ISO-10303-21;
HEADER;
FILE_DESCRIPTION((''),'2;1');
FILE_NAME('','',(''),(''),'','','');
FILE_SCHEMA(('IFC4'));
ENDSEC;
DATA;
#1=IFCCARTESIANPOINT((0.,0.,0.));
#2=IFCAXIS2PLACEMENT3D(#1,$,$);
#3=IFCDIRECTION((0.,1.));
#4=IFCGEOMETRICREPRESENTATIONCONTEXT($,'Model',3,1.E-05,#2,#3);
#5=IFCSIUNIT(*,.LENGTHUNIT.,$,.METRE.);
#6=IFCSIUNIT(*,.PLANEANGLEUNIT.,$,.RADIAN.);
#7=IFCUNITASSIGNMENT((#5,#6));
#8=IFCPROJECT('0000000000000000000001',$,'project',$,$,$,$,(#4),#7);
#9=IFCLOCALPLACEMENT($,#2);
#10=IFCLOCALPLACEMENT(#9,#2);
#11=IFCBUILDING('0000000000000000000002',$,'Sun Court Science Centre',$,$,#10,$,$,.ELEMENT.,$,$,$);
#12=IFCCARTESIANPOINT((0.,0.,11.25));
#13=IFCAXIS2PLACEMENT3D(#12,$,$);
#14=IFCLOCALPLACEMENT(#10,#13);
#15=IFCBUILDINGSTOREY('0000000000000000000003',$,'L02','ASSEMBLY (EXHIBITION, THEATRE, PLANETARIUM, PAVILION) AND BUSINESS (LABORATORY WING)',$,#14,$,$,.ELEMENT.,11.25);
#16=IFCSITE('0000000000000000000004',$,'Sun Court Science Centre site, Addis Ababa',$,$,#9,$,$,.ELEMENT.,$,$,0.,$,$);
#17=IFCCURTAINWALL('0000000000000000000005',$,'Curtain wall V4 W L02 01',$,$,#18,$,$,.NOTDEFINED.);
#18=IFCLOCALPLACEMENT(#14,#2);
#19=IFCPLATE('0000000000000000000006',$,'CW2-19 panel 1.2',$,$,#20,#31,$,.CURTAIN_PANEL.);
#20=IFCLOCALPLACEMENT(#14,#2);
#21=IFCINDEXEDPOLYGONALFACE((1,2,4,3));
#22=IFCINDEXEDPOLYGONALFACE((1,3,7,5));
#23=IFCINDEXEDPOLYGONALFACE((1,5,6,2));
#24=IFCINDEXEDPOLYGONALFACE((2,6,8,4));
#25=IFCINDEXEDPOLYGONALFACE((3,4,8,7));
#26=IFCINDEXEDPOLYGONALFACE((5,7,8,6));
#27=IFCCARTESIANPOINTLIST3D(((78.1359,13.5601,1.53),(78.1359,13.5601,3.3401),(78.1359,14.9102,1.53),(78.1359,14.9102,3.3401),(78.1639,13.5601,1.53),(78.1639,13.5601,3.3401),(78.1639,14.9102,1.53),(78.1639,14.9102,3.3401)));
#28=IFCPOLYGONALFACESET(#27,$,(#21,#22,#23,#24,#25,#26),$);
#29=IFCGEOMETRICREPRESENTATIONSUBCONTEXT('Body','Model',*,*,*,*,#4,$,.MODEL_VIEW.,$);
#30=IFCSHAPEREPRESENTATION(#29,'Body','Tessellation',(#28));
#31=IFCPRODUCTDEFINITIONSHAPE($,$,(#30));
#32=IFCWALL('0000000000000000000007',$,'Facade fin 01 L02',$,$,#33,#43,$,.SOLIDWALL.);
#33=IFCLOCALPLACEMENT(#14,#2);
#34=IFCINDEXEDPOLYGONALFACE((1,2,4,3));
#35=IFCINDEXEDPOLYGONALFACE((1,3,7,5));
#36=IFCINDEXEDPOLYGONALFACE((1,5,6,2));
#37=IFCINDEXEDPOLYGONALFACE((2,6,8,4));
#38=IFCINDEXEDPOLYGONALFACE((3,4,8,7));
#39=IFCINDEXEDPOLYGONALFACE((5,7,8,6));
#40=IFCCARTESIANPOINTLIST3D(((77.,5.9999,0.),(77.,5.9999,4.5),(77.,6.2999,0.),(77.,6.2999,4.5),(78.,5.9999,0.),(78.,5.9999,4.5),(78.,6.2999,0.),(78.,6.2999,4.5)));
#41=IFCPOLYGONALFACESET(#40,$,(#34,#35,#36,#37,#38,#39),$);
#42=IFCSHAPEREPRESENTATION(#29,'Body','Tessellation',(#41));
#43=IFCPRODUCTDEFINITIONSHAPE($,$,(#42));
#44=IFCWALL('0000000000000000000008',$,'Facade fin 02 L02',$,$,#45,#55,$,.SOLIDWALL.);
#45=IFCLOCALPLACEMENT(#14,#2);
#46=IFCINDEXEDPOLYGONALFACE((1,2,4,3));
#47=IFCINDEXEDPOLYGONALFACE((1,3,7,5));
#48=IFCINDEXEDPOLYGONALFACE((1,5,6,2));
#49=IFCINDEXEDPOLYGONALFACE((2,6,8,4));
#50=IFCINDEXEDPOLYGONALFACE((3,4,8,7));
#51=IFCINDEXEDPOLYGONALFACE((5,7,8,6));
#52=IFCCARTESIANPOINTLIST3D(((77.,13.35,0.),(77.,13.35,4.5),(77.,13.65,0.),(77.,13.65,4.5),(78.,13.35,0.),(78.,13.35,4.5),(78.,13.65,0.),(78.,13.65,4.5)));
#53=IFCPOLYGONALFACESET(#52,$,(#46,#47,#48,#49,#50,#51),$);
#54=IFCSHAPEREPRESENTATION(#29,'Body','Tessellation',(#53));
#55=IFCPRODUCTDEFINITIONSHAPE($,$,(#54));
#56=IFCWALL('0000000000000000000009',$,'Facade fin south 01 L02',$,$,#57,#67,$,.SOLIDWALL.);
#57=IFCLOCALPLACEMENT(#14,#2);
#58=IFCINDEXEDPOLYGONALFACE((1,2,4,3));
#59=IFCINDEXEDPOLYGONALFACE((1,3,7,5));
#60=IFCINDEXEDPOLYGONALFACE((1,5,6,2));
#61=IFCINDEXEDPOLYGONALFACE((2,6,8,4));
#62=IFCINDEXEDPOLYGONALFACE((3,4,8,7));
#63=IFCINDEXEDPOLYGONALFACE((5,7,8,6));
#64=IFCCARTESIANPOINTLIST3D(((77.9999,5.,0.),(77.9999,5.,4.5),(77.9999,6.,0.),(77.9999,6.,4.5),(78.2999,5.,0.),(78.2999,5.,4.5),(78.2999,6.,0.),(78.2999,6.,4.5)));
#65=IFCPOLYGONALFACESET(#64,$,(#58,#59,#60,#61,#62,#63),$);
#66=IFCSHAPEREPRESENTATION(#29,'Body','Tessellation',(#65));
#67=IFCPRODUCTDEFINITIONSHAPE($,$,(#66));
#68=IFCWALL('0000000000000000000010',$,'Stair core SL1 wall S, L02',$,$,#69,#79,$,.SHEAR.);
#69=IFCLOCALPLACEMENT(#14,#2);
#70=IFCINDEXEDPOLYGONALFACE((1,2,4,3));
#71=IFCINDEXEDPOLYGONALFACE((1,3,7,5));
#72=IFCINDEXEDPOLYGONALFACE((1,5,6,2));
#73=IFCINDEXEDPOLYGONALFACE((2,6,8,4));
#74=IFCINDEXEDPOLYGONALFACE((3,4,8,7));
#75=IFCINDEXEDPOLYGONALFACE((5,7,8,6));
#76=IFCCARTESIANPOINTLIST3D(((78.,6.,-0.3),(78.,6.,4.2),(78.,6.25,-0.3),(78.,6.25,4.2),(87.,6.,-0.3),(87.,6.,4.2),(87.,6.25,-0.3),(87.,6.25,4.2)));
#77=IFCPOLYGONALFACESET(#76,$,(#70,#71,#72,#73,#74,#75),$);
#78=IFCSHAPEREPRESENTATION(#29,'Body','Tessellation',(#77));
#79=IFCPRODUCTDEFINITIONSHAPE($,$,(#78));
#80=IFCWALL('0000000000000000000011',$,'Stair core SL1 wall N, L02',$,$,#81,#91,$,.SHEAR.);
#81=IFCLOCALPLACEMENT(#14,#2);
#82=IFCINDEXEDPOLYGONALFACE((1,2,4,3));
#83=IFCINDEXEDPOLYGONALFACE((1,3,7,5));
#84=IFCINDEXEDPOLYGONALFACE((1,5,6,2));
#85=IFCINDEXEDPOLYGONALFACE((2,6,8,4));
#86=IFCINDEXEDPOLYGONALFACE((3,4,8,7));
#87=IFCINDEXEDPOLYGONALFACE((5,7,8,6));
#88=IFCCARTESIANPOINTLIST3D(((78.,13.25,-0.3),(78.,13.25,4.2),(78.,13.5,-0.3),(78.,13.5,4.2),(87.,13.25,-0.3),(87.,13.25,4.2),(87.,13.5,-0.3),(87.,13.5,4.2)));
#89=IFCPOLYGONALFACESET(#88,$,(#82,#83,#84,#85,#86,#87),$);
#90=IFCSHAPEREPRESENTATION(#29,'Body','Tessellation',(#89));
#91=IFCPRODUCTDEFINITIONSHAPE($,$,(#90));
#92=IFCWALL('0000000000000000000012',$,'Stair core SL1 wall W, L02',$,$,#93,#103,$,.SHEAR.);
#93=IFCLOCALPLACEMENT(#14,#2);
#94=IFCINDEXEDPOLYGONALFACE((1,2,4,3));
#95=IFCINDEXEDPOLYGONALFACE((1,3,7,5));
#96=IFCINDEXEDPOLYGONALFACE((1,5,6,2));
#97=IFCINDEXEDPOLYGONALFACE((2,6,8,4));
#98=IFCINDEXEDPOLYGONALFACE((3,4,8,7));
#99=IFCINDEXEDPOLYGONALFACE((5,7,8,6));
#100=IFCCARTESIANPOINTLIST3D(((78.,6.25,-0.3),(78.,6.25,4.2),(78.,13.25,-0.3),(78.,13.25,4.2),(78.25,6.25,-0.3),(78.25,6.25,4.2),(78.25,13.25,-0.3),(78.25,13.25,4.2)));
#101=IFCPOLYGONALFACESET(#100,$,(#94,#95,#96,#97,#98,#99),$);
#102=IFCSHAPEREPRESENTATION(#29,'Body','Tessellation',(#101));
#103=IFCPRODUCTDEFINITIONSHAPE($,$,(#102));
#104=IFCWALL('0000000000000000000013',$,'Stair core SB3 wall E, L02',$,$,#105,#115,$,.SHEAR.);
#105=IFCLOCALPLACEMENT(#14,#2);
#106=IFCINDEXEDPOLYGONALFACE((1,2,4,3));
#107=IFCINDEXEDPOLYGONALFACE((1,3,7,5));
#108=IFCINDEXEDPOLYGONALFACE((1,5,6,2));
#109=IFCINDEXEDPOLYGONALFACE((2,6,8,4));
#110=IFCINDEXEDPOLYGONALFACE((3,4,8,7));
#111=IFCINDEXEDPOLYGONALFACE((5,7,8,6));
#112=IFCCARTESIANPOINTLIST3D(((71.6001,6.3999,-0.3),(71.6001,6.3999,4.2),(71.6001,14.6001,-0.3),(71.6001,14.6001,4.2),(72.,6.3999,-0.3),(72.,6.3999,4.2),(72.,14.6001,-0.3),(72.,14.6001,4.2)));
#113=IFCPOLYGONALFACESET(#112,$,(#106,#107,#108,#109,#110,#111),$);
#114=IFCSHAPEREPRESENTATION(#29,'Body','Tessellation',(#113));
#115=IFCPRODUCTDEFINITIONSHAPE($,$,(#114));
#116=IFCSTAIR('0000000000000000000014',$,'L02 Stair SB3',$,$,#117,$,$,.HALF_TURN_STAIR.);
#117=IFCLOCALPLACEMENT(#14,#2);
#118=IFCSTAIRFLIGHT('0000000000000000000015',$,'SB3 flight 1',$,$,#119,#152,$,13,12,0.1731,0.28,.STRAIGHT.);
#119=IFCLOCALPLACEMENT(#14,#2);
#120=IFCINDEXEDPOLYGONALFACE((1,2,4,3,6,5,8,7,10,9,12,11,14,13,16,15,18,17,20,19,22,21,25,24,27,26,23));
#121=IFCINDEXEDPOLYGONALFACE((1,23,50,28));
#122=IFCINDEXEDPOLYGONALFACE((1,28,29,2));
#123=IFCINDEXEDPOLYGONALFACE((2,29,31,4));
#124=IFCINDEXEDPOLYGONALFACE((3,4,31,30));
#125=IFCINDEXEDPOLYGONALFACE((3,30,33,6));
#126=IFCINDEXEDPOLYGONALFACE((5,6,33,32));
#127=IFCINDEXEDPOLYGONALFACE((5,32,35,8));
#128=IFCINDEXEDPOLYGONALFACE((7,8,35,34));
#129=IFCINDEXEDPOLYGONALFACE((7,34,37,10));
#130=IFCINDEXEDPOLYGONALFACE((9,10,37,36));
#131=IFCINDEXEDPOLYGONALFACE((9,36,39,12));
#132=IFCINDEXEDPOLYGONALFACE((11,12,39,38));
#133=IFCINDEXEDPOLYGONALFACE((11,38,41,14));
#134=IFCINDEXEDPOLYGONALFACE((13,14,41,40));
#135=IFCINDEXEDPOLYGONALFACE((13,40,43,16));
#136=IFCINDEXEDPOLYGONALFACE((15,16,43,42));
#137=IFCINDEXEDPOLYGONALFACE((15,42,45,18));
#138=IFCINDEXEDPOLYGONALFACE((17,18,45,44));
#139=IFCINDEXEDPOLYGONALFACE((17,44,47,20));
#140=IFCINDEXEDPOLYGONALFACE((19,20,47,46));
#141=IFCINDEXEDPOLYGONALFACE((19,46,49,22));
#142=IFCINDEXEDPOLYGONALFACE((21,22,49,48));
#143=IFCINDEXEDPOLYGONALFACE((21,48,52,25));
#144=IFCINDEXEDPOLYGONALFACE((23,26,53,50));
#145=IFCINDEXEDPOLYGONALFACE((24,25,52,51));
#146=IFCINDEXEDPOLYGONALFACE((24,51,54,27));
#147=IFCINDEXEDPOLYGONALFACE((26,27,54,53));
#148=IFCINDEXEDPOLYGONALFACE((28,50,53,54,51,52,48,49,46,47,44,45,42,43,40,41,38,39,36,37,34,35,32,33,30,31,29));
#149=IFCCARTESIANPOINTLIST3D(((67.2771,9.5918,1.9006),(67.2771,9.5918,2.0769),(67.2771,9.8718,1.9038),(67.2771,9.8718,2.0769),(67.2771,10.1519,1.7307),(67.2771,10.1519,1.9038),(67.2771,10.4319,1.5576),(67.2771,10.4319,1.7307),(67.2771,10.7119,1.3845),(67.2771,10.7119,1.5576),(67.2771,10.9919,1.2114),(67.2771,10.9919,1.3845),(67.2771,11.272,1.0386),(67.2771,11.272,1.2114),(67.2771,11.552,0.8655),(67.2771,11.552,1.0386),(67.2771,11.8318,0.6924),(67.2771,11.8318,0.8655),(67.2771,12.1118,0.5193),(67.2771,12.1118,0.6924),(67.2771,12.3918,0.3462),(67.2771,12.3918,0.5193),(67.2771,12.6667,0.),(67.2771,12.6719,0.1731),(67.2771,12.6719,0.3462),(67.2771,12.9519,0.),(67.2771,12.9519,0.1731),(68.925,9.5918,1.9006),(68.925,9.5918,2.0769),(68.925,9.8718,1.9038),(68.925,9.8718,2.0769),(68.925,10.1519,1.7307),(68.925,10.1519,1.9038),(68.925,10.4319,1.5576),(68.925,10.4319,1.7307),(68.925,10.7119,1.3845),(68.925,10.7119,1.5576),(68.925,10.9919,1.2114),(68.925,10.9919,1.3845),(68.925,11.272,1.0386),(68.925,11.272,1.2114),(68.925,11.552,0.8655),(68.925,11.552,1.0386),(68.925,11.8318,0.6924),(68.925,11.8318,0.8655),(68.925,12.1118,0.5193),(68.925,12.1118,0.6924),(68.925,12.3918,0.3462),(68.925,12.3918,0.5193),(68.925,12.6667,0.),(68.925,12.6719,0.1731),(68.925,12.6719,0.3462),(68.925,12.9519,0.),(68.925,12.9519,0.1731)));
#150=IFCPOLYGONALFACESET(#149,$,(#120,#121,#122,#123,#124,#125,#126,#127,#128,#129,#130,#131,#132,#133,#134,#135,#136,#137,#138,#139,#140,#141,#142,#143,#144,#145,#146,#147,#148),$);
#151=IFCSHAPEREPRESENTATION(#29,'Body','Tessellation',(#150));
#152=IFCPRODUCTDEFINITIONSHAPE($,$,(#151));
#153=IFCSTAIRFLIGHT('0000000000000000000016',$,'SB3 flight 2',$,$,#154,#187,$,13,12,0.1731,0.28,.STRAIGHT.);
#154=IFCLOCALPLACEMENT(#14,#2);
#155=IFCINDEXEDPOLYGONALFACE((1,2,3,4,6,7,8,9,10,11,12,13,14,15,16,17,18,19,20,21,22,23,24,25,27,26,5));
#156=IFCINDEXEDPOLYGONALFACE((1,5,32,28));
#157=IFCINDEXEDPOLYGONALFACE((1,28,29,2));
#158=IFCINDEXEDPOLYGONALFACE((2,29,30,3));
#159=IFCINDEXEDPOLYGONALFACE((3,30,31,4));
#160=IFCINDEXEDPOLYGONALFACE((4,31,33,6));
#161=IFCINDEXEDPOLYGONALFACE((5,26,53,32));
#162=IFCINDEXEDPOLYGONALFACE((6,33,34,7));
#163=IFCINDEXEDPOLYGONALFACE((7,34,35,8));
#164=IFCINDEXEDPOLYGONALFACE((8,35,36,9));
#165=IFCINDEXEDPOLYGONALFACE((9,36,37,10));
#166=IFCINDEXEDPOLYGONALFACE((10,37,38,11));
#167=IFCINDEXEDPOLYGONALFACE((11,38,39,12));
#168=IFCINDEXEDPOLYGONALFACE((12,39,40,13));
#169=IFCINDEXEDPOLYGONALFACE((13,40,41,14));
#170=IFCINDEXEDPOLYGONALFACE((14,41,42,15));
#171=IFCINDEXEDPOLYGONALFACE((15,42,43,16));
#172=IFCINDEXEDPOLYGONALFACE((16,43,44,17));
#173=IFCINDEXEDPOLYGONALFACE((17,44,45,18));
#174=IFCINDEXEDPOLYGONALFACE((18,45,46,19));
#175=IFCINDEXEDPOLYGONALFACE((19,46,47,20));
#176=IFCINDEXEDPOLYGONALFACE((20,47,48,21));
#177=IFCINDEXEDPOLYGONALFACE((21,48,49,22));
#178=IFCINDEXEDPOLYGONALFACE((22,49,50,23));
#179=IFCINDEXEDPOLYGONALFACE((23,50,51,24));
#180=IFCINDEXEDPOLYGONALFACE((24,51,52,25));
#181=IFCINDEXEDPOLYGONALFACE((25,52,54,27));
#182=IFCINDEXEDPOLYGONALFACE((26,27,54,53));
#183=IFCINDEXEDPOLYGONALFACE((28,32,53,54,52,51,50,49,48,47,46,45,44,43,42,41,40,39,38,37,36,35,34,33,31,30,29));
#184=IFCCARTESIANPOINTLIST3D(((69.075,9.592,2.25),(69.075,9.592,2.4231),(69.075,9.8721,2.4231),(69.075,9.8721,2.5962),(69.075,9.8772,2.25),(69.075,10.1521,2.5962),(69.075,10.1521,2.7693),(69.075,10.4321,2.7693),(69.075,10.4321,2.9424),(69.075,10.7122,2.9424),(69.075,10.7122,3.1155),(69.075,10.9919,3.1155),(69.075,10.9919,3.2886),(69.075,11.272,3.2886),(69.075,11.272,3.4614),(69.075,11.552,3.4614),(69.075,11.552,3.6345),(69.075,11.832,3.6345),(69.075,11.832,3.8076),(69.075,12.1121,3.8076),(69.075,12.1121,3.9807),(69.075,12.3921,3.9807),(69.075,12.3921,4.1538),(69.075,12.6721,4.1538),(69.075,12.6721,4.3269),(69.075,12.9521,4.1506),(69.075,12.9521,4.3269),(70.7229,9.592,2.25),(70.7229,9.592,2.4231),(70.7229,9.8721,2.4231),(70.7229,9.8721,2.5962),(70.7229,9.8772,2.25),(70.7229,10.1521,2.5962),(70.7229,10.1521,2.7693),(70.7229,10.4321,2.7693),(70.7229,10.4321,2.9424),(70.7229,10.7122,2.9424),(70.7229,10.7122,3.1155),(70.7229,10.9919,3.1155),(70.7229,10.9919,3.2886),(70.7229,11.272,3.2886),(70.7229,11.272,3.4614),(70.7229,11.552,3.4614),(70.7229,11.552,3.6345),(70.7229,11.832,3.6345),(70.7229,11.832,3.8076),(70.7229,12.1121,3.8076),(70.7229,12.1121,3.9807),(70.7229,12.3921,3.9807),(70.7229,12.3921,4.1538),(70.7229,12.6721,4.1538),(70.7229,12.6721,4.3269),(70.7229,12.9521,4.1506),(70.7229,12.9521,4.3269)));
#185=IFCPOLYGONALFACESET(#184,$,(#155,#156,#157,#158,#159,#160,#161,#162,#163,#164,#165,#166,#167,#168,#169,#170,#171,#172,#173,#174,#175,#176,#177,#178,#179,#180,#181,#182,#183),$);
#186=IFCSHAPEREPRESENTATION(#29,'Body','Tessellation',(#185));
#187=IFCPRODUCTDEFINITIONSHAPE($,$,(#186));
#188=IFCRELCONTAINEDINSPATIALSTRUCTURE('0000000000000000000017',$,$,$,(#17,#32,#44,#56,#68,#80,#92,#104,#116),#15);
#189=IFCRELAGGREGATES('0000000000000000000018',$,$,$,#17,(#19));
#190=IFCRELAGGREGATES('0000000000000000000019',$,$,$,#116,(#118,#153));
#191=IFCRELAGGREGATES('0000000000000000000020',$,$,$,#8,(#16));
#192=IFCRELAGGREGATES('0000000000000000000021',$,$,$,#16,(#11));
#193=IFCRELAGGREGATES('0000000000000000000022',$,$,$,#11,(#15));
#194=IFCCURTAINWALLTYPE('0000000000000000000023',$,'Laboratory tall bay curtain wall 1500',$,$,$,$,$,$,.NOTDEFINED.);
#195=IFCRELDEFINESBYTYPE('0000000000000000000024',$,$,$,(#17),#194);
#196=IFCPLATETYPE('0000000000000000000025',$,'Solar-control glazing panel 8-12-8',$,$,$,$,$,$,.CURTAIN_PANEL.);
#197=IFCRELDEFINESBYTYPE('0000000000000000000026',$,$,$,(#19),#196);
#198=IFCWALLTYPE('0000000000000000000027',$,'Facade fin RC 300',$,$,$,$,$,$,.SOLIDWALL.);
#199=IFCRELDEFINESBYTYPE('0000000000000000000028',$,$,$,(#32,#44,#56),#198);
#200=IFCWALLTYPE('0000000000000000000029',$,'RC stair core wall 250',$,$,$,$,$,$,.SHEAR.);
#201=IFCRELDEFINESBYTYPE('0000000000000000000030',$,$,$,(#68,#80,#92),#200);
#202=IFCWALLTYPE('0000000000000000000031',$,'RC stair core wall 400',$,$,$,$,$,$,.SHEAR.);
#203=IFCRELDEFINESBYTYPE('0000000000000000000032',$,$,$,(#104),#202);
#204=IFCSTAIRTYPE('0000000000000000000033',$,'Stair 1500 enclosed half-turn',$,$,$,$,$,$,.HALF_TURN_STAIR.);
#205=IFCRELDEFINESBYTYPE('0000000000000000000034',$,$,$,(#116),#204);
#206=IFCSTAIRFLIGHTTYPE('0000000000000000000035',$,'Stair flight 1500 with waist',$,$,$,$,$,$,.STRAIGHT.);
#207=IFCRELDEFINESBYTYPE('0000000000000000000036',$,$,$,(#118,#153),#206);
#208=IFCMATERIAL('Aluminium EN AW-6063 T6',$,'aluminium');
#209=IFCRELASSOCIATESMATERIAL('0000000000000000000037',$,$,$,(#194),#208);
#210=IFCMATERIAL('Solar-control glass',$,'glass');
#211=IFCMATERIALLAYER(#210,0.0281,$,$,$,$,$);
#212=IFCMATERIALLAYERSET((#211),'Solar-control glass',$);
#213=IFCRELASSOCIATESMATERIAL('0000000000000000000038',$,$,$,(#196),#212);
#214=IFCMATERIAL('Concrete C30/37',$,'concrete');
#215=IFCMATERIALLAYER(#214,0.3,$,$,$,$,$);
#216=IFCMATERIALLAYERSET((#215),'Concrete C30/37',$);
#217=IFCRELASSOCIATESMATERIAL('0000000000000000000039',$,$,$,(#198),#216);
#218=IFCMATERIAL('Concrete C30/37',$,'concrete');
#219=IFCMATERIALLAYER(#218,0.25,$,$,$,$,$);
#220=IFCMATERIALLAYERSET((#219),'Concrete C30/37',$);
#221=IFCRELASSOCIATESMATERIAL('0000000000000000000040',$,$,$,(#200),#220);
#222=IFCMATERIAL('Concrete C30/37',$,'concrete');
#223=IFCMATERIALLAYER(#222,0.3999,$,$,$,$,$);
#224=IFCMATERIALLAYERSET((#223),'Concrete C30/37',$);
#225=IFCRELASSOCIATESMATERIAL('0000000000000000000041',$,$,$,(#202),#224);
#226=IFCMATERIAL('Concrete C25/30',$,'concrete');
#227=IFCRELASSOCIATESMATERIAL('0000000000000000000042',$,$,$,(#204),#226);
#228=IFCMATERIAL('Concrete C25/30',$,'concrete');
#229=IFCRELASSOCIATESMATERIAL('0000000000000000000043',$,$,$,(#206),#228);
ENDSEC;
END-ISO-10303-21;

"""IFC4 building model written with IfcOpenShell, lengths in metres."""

from ifc_helpers import new_model, si_unit, direction, frame, frame_2d, origin, origin_2d, place, context, subcontext, project, spatial, polyline, rectangle, outline, extrude, material, layer, layer_set, type_object, element, aggregate, save


model = new_model("IFC4")

# Units and contexts
model_context = context("Model", 3, precision=1e-05, world=origin(), true_north=direction((0.0, 1.0)))
body_context = subcontext(model_context, "Body", "Model", "MODEL_VIEW")
ifc_project = project(units=[si_unit("LENGTHUNIT", "METRE"), si_unit("PLANEANGLEUNIT", "RADIAN")], contexts=[model_context])

# Site, building, storey
site_placement = place(None, origin())
site = spatial("IfcSite", under=ifc_project, at=site_placement, Name="Sun Court Science Centre site, Addis Ababa", CompositionType="ELEMENT", RefElevation=0.0)
building_placement = place(site_placement, origin())
building = spatial("IfcBuilding", under=site, at=building_placement, Name="Sun Court Science Centre", CompositionType="ELEMENT")
storey_placement = place(building_placement, frame((0.0, 0.0, 11.25)))
storey = spatial("IfcBuildingStorey", under=building, at=storey_placement, Name="L02", Description="ASSEMBLY (EXHIBITION, THEATRE, PLANETARIUM, PAVILION) AND BUSINESS (LABORATORY WING)", CompositionType="ELEMENT", Elevation=11.25)

# Curtain wall
ifc_material_1 = material(Name="Aluminium EN AW-6063 T6", Category="aluminium")
curtain_wall_type = type_object("IfcCurtainWallType", Name="Laboratory tall bay curtain wall 1500", PredefinedType="NOTDEFINED", material=ifc_material_1)
curtain_wall_placement = place(storey_placement, origin())
curtain_wall = element("IfcCurtainWall", 1, at=curtain_wall_placement, inside=storey, type_object=curtain_wall_type, Name="Curtain wall V4 W L02 01", PredefinedType="NOTDEFINED")

# Plate
ifc_material_2 = material(Name="Solar-control glass", Category="glass")
ifc_layer_1 = layer(ifc_material_2, 0.0281)
ifc_layer_set_1 = layer_set([ifc_layer_1], Name="Solar-control glass")
plate_type = type_object("IfcPlateType", Name="Solar-control glazing panel 8-12-8", PredefinedType="CURTAIN_PANEL", material=ifc_layer_set_1)
plate_1_placement = place(storey_placement, frame((78.1499, 14.2351, 1.53), z_axis=(0.0, 0.0, 1.0), x_axis=(0.0, 1.0, 0.0)))
plate_1 = element("IfcPlate", 2, at=plate_1_placement, type_object=plate_type, Name="CW2-19 panel 1.2", PredefinedType="CURTAIN_PANEL", context=body_context, shape_type="SweptSolid", body=[
    extrude(rectangle(XDim=1.3501, YDim=0.0281, at=origin_2d()), origin(), (0.0, 0.0, 1.0), 1.8101),
])
aggregate(curtain_wall, [plate_1])

# Walls
ifc_material_3 = material(Name="Concrete C30/37", Category="concrete")
ifc_layer_2 = layer(ifc_material_3, 0.3)
ifc_layer_set_2 = layer_set([ifc_layer_2], Name="Concrete C30/37")
wall_type_1 = type_object("IfcWallType", Name="Facade fin RC 300", PredefinedType="SOLIDWALL", material=ifc_layer_set_2)
for number, where, z_axis, x_axis, name in (
    (3, (77.0, 6.1499, 0.0), (0.0, 0.0, 1.0), (1.0, 0.0, 0.0), "Facade fin 01 L02"),
    (4, (77.0, 13.5, 0.0), (0.0, 0.0, 1.0), (1.0, 0.0, 0.0), "Facade fin 02 L02"),
    (5, (78.1499, 6.0, 0.0), (0.0, 0.0, 1.0), (0.0, -1.0, 0.0), "Facade fin south 01 L02"),
):
    element("IfcWall", number, at=place(storey_placement, frame(where, z_axis=z_axis, x_axis=x_axis)), inside=storey, type_object=wall_type_1, Name=name, PredefinedType="SOLIDWALL", context=body_context, shape_type="SweptSolid", body=[
        extrude(rectangle(XDim=1.0, YDim=0.3, at=frame_2d((0.5, 0.0))), origin(), (0.0, 0.0, 1.0), 4.5),
    ])
ifc_material_4 = material(Name="Concrete C30/37", Category="concrete")
ifc_layer_3 = layer(ifc_material_4, 0.25)
ifc_layer_set_3 = layer_set([ifc_layer_3], Name="Concrete C30/37")
wall_type_2 = type_object("IfcWallType", Name="RC stair core wall 250", PredefinedType="SHEAR", material=ifc_layer_set_3)
for number, where, z_axis, x_axis, name in (
    (6, (78.0, 6.125, -0.3), (0.0, 0.0, 1.0), (1.0, 0.0, 0.0), "Stair core SL1 wall S, L02"),
    (7, (78.0, 13.375, -0.3), (0.0, 0.0, 1.0), (1.0, 0.0, 0.0), "Stair core SL1 wall N, L02"),
):
    element("IfcWall", number, at=place(storey_placement, frame(where, z_axis=z_axis, x_axis=x_axis)), inside=storey, type_object=wall_type_2, Name=name, PredefinedType="SHEAR", context=body_context, shape_type="SweptSolid", body=[
        extrude(rectangle(XDim=9.0, YDim=0.25, at=frame_2d((4.5, 0.0))), origin(), (0.0, 0.0, 1.0), 4.5),
    ])
wall_1_placement = place(storey_placement, frame((78.125, 6.25, -0.3), z_axis=(0.0, 0.0, 1.0), x_axis=(0.0, 1.0, 0.0)))
element("IfcWall", 8, at=wall_1_placement, inside=storey, type_object=wall_type_2, Name="Stair core SL1 wall W, L02", PredefinedType="SHEAR", context=body_context, shape_type="SweptSolid", body=[
    extrude(rectangle(XDim=7.0, YDim=0.25, at=frame_2d((3.5, 0.0))), origin(), (0.0, 0.0, 1.0), 4.5),
])
ifc_material_5 = material(Name="Concrete C30/37", Category="concrete")
ifc_layer_4 = layer(ifc_material_5, 0.3999)
ifc_layer_set_4 = layer_set([ifc_layer_4], Name="Concrete C30/37")
wall_type_3 = type_object("IfcWallType", Name="RC stair core wall 400", PredefinedType="SHEAR", material=ifc_layer_set_4)
wall_2_placement = place(storey_placement, frame((71.8, 6.3999, -0.3), z_axis=(0.0, 0.0, 1.0), x_axis=(0.0, 1.0, 0.0)))
element("IfcWall", 9, at=wall_2_placement, inside=storey, type_object=wall_type_3, Name="Stair core SB3 wall E, L02", PredefinedType="SHEAR", context=body_context, shape_type="SweptSolid", body=[
    extrude(rectangle(XDim=8.2002, YDim=0.3999, at=frame_2d((4.1001, 0.0))), origin(), (0.0, 0.0, 1.0), 4.5),
])

# Stair, stair flights
ifc_material_6 = material(Name="Concrete C25/30", Category="concrete")
stair_type = type_object("IfcStairType", Name="Stair 1500 enclosed half-turn", PredefinedType="HALF_TURN_STAIR", material=ifc_material_6)
stair_placement = place(storey_placement, origin())
stair = element("IfcStair", 10, at=stair_placement, inside=storey, type_object=stair_type, Name="L02 Stair SB3", PredefinedType="HALF_TURN_STAIR")
ifc_material_7 = material(Name="Concrete C25/30", Category="concrete")
stair_flight_type = type_object("IfcStairFlightType", Name="Stair flight 1500 with waist", PredefinedType="STRAIGHT", material=ifc_material_7)
stair_flight_1_placement = place(storey_placement, frame((68.1011, 12.9519, 0.0), z_axis=(0.0, 0.0, 1.0), x_axis=(0.0, -1.0, 0.0)))
stair_flight_1 = element("IfcStairFlight", 11, at=stair_flight_1_placement, type_object=stair_flight_type, Name="SB3 flight 1", NumberOfRisers=13, NumberOfTreads=12, PredefinedType="STRAIGHT", RiserHeight=0.1731, TreadLength=0.28, context=body_context, shape_type="SweptSolid", body=[
    extrude(outline(polyline([(0.0, 0.0), (0.0, 0.1731), (0.28, 0.1731), (0.28, 0.3462), (0.5601, 0.3462), (0.5601, 0.5193), (0.8401, 0.5193), (0.8401, 0.6924), (1.1201, 0.6924), (1.1201, 0.8655), (1.3999, 0.8655), (1.3999, 1.0386), (1.6799, 1.0386), (1.6799, 1.2114), (1.96, 1.2114), (1.96, 1.3845), (2.24, 1.3845), (2.24, 1.5576), (2.52, 1.5576), (2.52, 1.7307), (2.8, 1.7307), (2.8, 1.9038), (3.0801, 1.9038), (3.0801, 2.0769), (3.3601, 2.0769), (3.3601, 2.25), (3.3601, 1.9006), (0.2852, 0.0), (0.0, 0.0)])), frame((0.0, 0.824, 0.0), z_axis=(0.0, -1.0, 0.0), x_axis=(1.0, 0.0, 0.0)), (0.0, 0.0, 1.0), 1.6479),
])
stair_flight_2_placement = place(storey_placement, frame((69.8989, 9.592, 2.25), z_axis=(0.0, 0.0, 1.0), x_axis=(0.0, 1.0, 0.0)))
stair_flight_2 = element("IfcStairFlight", 12, at=stair_flight_2_placement, type_object=stair_flight_type, Name="SB3 flight 2", NumberOfRisers=13, NumberOfTreads=12, PredefinedType="STRAIGHT", RiserHeight=0.1731, TreadLength=0.28, context=body_context, shape_type="SweptSolid", body=[
    extrude(outline(polyline([(0.0, 0.0), (0.0, 0.1731), (0.28, 0.1731), (0.28, 0.3462), (0.5601, 0.3462), (0.5601, 0.5193), (0.8401, 0.5193), (0.8401, 0.6924), (1.1201, 0.6924), (1.1201, 0.8655), (1.3999, 0.8655), (1.3999, 1.0386), (1.6799, 1.0386), (1.6799, 1.2114), (1.96, 1.2114), (1.96, 1.3845), (2.24, 1.3845), (2.24, 1.5576), (2.52, 1.5576), (2.52, 1.7307), (2.8, 1.7307), (2.8, 1.9038), (3.0801, 1.9038), (3.0801, 2.0769), (3.3601, 2.0769), (3.3601, 2.25), (3.3601, 1.9006), (0.2852, 0.0), (0.0, 0.0)])), frame((0.0, 0.824, 0.0), z_axis=(0.0, -1.0, 0.0), x_axis=(1.0, 0.0, 0.0)), (0.0, 0.0, 1.0), 1.6479),
])
aggregate(stair, [stair_flight_1, stair_flight_2])

save(model, "model.ifc")
